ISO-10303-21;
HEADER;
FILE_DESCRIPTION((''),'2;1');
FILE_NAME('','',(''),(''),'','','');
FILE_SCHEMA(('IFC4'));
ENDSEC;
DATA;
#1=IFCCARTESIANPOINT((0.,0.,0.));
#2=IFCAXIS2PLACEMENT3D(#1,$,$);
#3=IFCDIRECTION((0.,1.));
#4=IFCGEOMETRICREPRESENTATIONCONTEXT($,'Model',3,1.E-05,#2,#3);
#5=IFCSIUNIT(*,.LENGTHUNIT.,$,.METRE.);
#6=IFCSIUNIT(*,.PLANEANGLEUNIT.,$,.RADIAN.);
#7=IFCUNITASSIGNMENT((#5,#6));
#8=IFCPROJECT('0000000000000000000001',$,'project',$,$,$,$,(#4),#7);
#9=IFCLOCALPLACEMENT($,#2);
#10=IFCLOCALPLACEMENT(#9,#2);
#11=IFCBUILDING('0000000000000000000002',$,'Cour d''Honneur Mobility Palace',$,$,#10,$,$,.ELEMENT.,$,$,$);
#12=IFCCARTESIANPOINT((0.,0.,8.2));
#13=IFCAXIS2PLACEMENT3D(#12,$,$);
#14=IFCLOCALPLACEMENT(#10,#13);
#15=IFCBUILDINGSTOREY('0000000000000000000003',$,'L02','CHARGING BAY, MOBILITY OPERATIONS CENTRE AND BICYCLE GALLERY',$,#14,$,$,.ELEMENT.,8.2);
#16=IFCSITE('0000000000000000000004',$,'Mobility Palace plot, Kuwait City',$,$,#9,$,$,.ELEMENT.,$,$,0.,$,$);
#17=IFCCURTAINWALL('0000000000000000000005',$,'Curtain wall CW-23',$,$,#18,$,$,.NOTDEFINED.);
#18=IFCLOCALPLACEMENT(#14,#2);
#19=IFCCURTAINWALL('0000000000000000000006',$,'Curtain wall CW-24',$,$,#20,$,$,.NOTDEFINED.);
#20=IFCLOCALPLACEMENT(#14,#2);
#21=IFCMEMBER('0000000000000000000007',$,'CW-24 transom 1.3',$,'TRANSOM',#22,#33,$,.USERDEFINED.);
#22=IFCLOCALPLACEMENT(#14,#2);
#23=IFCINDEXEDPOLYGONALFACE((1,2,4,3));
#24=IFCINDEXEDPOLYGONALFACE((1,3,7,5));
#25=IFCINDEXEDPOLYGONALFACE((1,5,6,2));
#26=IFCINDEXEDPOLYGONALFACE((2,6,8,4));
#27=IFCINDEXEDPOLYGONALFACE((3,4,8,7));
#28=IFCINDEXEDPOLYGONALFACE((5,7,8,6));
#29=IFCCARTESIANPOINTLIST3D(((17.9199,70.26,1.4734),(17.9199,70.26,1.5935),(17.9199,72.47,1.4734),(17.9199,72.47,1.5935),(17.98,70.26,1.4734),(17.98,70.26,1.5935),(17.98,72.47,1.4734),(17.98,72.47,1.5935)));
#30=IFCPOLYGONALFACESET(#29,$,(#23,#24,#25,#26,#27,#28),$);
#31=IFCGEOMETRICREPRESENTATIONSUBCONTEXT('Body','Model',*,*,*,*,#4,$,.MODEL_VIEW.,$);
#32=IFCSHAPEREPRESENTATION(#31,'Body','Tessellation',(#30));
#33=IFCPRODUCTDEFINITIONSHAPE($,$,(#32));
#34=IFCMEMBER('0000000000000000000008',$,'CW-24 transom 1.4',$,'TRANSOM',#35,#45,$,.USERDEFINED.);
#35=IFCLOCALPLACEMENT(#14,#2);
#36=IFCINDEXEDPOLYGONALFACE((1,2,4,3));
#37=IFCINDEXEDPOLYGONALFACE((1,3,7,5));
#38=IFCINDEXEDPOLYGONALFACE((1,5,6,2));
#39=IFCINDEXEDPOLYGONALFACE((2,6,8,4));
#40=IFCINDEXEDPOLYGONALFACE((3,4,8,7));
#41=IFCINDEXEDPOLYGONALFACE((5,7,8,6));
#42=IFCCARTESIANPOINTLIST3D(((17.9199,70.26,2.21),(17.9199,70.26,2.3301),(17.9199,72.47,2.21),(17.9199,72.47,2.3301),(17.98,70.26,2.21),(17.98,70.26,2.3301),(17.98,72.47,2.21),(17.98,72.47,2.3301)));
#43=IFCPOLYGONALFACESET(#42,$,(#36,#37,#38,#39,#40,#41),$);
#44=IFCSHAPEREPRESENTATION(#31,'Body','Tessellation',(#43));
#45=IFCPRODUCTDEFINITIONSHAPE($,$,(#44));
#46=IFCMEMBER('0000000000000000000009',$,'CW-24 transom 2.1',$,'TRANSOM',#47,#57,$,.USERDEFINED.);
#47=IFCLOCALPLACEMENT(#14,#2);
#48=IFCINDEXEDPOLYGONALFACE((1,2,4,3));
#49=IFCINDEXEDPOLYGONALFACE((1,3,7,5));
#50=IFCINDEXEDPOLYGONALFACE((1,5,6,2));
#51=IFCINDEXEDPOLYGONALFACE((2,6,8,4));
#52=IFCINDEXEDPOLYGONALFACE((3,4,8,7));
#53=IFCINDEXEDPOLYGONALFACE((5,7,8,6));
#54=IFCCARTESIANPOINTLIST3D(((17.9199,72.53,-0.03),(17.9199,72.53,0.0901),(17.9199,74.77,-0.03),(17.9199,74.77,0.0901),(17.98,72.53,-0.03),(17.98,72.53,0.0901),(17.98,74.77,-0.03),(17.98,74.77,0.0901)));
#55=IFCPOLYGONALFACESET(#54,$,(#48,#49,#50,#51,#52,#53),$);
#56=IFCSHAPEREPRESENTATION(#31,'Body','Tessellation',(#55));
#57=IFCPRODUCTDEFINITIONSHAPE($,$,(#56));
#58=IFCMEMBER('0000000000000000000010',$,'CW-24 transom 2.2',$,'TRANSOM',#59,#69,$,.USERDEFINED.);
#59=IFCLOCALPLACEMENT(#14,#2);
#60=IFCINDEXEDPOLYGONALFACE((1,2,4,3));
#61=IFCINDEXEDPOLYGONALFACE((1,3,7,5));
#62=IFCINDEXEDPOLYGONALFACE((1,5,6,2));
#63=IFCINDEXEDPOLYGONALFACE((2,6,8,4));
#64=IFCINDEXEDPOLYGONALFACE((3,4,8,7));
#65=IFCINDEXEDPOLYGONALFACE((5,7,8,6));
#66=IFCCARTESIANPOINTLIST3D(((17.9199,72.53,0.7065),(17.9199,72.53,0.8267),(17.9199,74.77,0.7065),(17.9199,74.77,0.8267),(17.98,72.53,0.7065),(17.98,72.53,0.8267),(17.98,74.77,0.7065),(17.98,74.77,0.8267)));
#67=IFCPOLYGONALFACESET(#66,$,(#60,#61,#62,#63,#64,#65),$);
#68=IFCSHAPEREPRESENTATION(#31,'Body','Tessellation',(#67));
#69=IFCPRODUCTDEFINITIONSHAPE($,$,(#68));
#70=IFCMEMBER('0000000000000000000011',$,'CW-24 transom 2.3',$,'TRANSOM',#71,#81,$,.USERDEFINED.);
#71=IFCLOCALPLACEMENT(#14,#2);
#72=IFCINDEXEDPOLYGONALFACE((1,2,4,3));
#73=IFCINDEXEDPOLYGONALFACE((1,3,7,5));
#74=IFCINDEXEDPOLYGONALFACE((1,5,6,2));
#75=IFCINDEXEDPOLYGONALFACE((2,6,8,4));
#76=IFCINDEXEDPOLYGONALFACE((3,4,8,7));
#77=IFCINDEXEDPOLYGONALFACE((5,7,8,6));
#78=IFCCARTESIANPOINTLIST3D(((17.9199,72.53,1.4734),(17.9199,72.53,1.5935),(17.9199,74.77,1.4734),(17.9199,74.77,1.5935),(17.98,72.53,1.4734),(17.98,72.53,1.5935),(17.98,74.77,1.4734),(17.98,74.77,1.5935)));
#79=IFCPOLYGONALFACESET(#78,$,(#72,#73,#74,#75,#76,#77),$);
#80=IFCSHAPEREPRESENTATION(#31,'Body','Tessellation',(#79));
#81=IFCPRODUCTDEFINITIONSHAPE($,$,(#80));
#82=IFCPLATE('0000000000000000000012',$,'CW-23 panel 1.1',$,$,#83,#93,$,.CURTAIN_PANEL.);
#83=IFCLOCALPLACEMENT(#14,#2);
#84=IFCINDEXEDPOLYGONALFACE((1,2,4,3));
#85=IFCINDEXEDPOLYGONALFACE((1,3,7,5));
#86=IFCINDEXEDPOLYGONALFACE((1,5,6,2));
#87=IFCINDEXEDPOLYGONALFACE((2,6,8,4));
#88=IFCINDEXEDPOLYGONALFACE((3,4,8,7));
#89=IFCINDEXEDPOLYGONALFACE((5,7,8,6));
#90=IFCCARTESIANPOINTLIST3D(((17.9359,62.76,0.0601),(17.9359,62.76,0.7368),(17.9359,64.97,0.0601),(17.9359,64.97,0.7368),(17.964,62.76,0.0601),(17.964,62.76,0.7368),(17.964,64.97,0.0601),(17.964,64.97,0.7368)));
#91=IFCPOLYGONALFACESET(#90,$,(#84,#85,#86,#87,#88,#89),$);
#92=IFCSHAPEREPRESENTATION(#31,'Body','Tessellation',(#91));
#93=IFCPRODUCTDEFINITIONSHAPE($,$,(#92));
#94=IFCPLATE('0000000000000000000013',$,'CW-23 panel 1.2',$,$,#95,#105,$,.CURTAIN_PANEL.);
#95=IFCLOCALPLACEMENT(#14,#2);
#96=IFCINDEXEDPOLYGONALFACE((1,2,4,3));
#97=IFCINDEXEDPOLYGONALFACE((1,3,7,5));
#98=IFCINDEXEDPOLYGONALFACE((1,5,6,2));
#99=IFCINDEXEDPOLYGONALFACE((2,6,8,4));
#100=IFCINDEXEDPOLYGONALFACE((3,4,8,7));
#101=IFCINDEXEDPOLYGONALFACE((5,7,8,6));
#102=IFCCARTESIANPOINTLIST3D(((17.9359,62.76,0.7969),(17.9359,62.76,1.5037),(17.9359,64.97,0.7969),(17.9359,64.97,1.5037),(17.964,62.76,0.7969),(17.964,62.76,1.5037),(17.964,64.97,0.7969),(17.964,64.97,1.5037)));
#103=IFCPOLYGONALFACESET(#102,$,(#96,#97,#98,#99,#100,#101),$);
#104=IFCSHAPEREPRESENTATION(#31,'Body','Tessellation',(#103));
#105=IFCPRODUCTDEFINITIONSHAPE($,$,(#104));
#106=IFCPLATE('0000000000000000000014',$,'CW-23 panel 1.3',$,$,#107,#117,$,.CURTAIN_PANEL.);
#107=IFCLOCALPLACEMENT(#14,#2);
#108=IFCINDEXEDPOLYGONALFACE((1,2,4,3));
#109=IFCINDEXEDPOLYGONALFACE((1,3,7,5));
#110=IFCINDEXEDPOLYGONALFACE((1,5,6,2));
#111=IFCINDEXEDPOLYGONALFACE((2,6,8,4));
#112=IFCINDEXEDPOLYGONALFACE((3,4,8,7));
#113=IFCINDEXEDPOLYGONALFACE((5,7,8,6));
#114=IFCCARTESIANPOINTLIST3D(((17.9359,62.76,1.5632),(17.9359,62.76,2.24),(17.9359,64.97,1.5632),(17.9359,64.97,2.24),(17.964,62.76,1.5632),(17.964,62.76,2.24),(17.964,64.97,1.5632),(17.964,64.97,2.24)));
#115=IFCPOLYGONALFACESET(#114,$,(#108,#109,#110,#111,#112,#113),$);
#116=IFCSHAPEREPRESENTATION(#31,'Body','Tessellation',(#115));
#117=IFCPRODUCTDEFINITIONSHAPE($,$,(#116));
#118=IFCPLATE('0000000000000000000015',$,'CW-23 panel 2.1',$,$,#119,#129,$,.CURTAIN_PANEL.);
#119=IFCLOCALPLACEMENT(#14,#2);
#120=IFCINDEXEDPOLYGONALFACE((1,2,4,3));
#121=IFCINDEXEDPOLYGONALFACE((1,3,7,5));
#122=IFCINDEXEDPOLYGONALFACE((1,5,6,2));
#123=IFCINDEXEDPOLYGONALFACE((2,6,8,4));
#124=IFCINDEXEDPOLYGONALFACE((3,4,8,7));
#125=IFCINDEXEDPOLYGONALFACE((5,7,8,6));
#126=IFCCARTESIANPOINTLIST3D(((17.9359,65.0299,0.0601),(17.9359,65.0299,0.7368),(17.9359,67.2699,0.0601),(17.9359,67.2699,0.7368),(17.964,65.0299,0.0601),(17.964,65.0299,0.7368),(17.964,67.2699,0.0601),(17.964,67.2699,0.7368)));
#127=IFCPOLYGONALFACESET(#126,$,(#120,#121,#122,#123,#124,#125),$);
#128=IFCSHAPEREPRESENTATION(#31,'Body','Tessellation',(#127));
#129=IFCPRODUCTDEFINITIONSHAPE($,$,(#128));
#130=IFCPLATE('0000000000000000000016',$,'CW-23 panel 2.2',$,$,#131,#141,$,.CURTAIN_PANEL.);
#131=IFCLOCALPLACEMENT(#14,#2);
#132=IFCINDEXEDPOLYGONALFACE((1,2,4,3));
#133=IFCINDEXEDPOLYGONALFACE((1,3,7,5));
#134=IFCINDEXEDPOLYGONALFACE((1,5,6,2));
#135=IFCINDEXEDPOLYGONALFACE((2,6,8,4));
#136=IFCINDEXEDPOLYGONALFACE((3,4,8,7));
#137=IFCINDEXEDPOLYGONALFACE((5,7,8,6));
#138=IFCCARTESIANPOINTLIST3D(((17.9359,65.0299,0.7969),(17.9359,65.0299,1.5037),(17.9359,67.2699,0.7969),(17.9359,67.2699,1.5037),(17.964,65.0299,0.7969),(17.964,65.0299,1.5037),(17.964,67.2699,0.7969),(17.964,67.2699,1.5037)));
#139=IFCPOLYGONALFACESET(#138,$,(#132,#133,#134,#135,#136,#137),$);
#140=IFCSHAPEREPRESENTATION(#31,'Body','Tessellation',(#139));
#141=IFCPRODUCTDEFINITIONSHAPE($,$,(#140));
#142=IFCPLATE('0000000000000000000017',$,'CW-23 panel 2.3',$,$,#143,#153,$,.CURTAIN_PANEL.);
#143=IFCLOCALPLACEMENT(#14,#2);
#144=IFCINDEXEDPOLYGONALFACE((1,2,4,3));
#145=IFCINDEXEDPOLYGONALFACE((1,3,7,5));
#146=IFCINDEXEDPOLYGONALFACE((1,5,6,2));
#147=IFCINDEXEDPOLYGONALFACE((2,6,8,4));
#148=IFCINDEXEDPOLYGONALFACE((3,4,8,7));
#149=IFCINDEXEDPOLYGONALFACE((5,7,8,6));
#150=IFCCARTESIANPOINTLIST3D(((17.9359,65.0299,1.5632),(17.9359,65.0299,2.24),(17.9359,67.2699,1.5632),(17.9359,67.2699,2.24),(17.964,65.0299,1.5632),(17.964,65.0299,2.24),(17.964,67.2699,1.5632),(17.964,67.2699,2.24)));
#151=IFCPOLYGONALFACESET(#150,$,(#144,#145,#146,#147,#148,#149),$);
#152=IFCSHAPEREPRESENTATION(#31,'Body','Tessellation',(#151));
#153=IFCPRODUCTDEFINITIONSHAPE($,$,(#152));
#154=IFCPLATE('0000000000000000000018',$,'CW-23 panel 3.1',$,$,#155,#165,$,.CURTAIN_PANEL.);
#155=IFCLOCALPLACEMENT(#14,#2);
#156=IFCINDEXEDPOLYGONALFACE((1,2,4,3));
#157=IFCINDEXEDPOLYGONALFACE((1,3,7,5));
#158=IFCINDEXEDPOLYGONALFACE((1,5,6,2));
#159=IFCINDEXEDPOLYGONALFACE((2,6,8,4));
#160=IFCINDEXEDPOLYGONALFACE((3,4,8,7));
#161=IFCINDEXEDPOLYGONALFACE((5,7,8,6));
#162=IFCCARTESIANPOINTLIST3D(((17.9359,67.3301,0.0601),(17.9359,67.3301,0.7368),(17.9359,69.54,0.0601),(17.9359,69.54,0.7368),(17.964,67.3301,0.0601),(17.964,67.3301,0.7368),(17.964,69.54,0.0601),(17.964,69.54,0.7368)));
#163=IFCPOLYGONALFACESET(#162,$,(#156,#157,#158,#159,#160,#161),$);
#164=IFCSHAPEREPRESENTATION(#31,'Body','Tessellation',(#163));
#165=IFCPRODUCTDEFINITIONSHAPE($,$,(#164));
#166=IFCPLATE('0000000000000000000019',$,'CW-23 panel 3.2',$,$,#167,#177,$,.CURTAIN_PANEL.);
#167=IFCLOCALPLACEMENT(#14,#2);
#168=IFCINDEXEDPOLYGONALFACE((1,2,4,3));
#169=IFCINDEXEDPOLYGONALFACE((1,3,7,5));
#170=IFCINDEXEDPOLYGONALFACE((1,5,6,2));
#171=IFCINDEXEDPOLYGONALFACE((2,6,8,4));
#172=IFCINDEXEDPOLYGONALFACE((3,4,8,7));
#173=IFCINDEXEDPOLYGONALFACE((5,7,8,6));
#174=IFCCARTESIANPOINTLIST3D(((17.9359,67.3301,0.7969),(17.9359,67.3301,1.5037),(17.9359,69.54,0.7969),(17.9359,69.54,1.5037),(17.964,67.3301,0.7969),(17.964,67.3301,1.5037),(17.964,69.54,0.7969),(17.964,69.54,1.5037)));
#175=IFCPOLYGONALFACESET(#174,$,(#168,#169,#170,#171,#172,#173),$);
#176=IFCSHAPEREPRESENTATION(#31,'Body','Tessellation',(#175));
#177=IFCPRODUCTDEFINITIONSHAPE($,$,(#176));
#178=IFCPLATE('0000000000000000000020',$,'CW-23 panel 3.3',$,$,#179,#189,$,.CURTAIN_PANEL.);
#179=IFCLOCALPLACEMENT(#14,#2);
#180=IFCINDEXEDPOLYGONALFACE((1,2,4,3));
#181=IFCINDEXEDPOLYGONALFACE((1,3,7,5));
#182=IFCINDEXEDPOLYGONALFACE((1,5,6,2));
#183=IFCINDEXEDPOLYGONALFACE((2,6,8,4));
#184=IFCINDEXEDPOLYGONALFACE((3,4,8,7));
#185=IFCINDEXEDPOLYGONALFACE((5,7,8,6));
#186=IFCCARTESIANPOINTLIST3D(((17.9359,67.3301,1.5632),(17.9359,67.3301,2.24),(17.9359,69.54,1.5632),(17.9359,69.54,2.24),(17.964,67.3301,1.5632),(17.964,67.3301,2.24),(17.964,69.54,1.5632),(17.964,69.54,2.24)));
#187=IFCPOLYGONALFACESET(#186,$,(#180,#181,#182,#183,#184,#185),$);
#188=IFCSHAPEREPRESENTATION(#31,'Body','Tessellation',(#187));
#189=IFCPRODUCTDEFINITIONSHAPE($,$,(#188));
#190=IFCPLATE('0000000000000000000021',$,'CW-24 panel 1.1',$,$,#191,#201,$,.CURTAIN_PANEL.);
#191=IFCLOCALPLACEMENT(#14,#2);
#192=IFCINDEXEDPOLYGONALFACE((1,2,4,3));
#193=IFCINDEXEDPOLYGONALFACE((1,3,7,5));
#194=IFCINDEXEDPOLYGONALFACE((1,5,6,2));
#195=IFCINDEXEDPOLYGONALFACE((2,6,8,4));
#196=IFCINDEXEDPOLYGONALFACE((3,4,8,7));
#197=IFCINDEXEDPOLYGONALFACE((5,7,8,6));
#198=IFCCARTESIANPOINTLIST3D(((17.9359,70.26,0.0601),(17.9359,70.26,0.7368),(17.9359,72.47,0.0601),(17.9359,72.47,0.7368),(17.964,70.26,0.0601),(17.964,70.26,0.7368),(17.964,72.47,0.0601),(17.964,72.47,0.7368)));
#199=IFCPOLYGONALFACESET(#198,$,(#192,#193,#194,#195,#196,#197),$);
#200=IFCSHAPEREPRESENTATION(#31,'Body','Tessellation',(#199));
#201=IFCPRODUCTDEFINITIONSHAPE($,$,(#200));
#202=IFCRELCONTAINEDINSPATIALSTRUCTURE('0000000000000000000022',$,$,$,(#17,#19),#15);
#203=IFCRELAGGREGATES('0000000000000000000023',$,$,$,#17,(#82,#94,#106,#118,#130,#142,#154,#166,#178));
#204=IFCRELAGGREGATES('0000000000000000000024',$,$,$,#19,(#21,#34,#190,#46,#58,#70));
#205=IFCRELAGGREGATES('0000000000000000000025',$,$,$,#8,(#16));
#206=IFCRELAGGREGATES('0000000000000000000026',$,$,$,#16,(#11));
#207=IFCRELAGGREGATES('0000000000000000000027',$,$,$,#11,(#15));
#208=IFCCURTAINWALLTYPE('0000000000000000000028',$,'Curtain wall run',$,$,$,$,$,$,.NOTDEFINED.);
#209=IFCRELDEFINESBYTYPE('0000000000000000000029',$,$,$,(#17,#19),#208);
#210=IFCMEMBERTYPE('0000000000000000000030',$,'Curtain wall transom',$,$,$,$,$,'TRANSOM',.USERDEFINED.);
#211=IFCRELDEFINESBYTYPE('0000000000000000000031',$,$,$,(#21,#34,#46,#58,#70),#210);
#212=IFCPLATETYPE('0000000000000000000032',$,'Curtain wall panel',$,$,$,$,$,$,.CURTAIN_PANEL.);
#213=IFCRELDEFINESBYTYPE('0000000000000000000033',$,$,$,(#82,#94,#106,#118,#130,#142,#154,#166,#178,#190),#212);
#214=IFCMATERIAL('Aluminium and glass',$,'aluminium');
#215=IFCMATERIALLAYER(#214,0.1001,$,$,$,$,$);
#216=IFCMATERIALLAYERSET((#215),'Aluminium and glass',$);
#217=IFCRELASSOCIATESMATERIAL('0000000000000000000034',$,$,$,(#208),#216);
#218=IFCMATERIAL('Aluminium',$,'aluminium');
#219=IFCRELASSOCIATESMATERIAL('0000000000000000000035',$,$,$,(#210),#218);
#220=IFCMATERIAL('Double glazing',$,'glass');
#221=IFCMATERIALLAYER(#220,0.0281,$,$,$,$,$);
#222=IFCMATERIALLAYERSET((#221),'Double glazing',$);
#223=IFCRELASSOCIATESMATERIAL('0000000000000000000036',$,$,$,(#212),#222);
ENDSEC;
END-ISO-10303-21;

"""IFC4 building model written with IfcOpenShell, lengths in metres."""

from ifc_helpers import new_model, si_unit, direction, frame, origin, origin_2d, place, context, subcontext, project, spatial, rectangle, extrude, material, layer, layer_set, material_profile, profile_set, type_object, element, aggregate, save


model = new_model("IFC4")

# Units and contexts
model_context = context("Model", 3, precision=1e-05, world=origin(), true_north=direction((0.0, 1.0)))
body_context = subcontext(model_context, "Body", "Model", "MODEL_VIEW")
ifc_project = project(units=[si_unit("LENGTHUNIT", "METRE"), si_unit("PLANEANGLEUNIT", "RADIAN")], contexts=[model_context])

# Site, building, storey
site_placement = place(None, origin())
site = spatial("IfcSite", under=ifc_project, at=site_placement, Name="Mobility Palace plot, Kuwait City", CompositionType="ELEMENT", RefElevation=0.0)
building_placement = place(site_placement, origin())
building = spatial("IfcBuilding", under=site, at=building_placement, Name="Cour d'Honneur Mobility Palace", CompositionType="ELEMENT")
storey_placement = place(building_placement, frame((0.0, 0.0, 8.2)))
storey = spatial("IfcBuildingStorey", under=building, at=storey_placement, Name="L02", Description="CHARGING BAY, MOBILITY OPERATIONS CENTRE AND BICYCLE GALLERY", CompositionType="ELEMENT", Elevation=8.2)

# Curtain walls
ifc_material_1 = material(Name="Aluminium and glass", Category="aluminium")
ifc_layer_1 = layer(ifc_material_1, 0.1001)
ifc_layer_set_1 = layer_set([ifc_layer_1], Name="Aluminium and glass")
curtain_wall_type = type_object("IfcCurtainWallType", Name="Curtain wall run", PredefinedType="NOTDEFINED", material=ifc_layer_set_1)
curtain_wall_1_placement = place(storey_placement, origin())
curtain_wall_1 = element("IfcCurtainWall", 1, at=curtain_wall_1_placement, inside=storey, type_object=curtain_wall_type, Name="Curtain wall CW-23", PredefinedType="NOTDEFINED")
curtain_wall_2_placement = place(storey_placement, origin())
curtain_wall_2 = element("IfcCurtainWall", 2, at=curtain_wall_2_placement, inside=storey, type_object=curtain_wall_type, Name="Curtain wall CW-24", PredefinedType="NOTDEFINED")

# Members
ifc_material_2 = material(Name="Aluminium", Category="aluminium")
ifc_material_profile_1 = material_profile(ifc_material_2, rectangle(XDim=0.0601, YDim=0.1201, at=origin_2d()), Name="Curtain wall transom")
ifc_profile_set_1 = profile_set([ifc_material_profile_1], Name="Aluminium")
member_type_1 = type_object("IfcMemberType", Name="Curtain wall transom", ElementType="TRANSOM", PredefinedType="USERDEFINED", material=ifc_profile_set_1)
member_1_placement = place(storey_placement, frame((17.95, 70.26, 1.5334), z_axis=(0.0, 1.0, 0.0), x_axis=(-1.0, 0.0, 0.0)))
member_1 = element("IfcMember", 3, at=member_1_placement, type_object=member_type_1, Name="CW-24 transom 1.3", ObjectType="TRANSOM", PredefinedType="USERDEFINED", context=body_context, shape_type="SweptSolid", body=[
    extrude(rectangle(XDim=0.0601, YDim=0.1201, at=origin_2d()), origin(), (0.0, 0.0, 1.0), 2.21),
])
member_2_placement = place(storey_placement, frame((17.95, 70.26, 2.27), z_axis=(0.0, 1.0, 0.0), x_axis=(-1.0, 0.0, 0.0)))
member_2 = element("IfcMember", 4, at=member_2_placement, type_object=member_type_1, Name="CW-24 transom 1.4", ObjectType="TRANSOM", PredefinedType="USERDEFINED", context=body_context, shape_type="SweptSolid", body=[
    extrude(rectangle(XDim=0.0601, YDim=0.1201, at=origin_2d()), origin(), (0.0, 0.0, 1.0), 2.21),
])
member_3_placement = place(storey_placement, frame((17.95, 72.53, 0.03), z_axis=(0.0, 1.0, 0.0), x_axis=(-1.0, 0.0, 0.0)))
member_3 = element("IfcMember", 5, at=member_3_placement, type_object=member_type_1, Name="CW-24 transom 2.1", ObjectType="TRANSOM", PredefinedType="USERDEFINED", context=body_context, shape_type="SweptSolid", body=[
    extrude(rectangle(XDim=0.0601, YDim=0.1201, at=origin_2d()), origin(), (0.0, 0.0, 1.0), 2.24),
])
member_4_placement = place(storey_placement, frame((17.95, 72.53, 0.7666), z_axis=(0.0, 1.0, 0.0), x_axis=(-1.0, 0.0, 0.0)))
member_4 = element("IfcMember", 6, at=member_4_placement, type_object=member_type_1, Name="CW-24 transom 2.2", ObjectType="TRANSOM", PredefinedType="USERDEFINED", context=body_context, shape_type="SweptSolid", body=[
    extrude(rectangle(XDim=0.0601, YDim=0.1201, at=origin_2d()), origin(), (0.0, 0.0, 1.0), 2.24),
])
member_5_placement = place(storey_placement, frame((17.95, 72.53, 1.5334), z_axis=(0.0, 1.0, 0.0), x_axis=(-1.0, 0.0, 0.0)))
member_5 = element("IfcMember", 7, at=member_5_placement, type_object=member_type_1, Name="CW-24 transom 2.3", ObjectType="TRANSOM", PredefinedType="USERDEFINED", context=body_context, shape_type="SweptSolid", body=[
    extrude(rectangle(XDim=0.0601, YDim=0.1201, at=origin_2d()), origin(), (0.0, 0.0, 1.0), 2.24),
])

# Plates
ifc_material_3 = material(Name="Double glazing", Category="glass")
ifc_layer_2 = layer(ifc_material_3, 0.0281)
ifc_layer_set_2 = layer_set([ifc_layer_2], Name="Double glazing")
plate_type = type_object("IfcPlateType", Name="Curtain wall panel", PredefinedType="CURTAIN_PANEL", material=ifc_layer_set_2)
plate_1_placement = place(storey_placement, frame((17.95, 63.865, 0.0601), z_axis=(0.0, 0.0, 1.0), x_axis=(0.0, 1.0, 0.0)))
plate_1 = element("IfcPlate", 8, at=plate_1_placement, type_object=plate_type, Name="CW-23 panel 1.1", PredefinedType="CURTAIN_PANEL", context=body_context, shape_type="SweptSolid", body=[
    extrude(rectangle(XDim=2.21, YDim=0.0281, at=origin_2d()), origin(), (0.0, 0.0, 1.0), 0.6768),
])
plate_2_placement = place(storey_placement, frame((17.95, 63.865, 0.7969), z_axis=(0.0, 0.0, 1.0), x_axis=(0.0, 1.0, 0.0)))
plate_2 = element("IfcPlate", 9, at=plate_2_placement, type_object=plate_type, Name="CW-23 panel 1.2", PredefinedType="CURTAIN_PANEL", context=body_context, shape_type="SweptSolid", body=[
    extrude(rectangle(XDim=2.21, YDim=0.0281, at=origin_2d()), origin(), (0.0, 0.0, 1.0), 0.7068),
])
plate_3_placement = place(storey_placement, frame((17.95, 63.865, 1.5632), z_axis=(0.0, 0.0, 1.0), x_axis=(0.0, 1.0, 0.0)))
plate_3 = element("IfcPlate", 10, at=plate_3_placement, type_object=plate_type, Name="CW-23 panel 1.3", PredefinedType="CURTAIN_PANEL", context=body_context, shape_type="SweptSolid", body=[
    extrude(rectangle(XDim=2.21, YDim=0.0281, at=origin_2d()), origin(), (0.0, 0.0, 1.0), 0.6768),
])
plate_4_placement = place(storey_placement, frame((17.95, 66.1499, 0.0601), z_axis=(0.0, 0.0, 1.0), x_axis=(0.0, 1.0, 0.0)))
plate_4 = element("IfcPlate", 11, at=plate_4_placement, type_object=plate_type, Name="CW-23 panel 2.1", PredefinedType="CURTAIN_PANEL", context=body_context, shape_type="SweptSolid", body=[
    extrude(rectangle(XDim=2.24, YDim=0.0281, at=origin_2d()), origin(), (0.0, 0.0, 1.0), 0.6768),
])
plate_5_placement = place(storey_placement, frame((17.95, 66.1499, 0.7969), z_axis=(0.0, 0.0, 1.0), x_axis=(0.0, 1.0, 0.0)))
plate_5 = element("IfcPlate", 12, at=plate_5_placement, type_object=plate_type, Name="CW-23 panel 2.2", PredefinedType="CURTAIN_PANEL", context=body_context, shape_type="SweptSolid", body=[
    extrude(rectangle(XDim=2.24, YDim=0.0281, at=origin_2d()), origin(), (0.0, 0.0, 1.0), 0.7068),
])
plate_6_placement = place(storey_placement, frame((17.95, 66.1499, 1.5632), z_axis=(0.0, 0.0, 1.0), x_axis=(0.0, 1.0, 0.0)))
plate_6 = element("IfcPlate", 13, at=plate_6_placement, type_object=plate_type, Name="CW-23 panel 2.3", PredefinedType="CURTAIN_PANEL", context=body_context, shape_type="SweptSolid", body=[
    extrude(rectangle(XDim=2.24, YDim=0.0281, at=origin_2d()), origin(), (0.0, 0.0, 1.0), 0.6768),
])
plate_7_placement = place(storey_placement, frame((17.95, 68.4351, 0.0601), z_axis=(0.0, 0.0, 1.0), x_axis=(0.0, 1.0, 0.0)))
plate_7 = element("IfcPlate", 14, at=plate_7_placement, type_object=plate_type, Name="CW-23 panel 3.1", PredefinedType="CURTAIN_PANEL", context=body_context, shape_type="SweptSolid", body=[
    extrude(rectangle(XDim=2.21, YDim=0.0281, at=origin_2d()), origin(), (0.0, 0.0, 1.0), 0.6768),
])
plate_8_placement = place(storey_placement, frame((17.95, 68.4351, 0.7969), z_axis=(0.0, 0.0, 1.0), x_axis=(0.0, 1.0, 0.0)))
plate_8 = element("IfcPlate", 15, at=plate_8_placement, type_object=plate_type, Name="CW-23 panel 3.2", PredefinedType="CURTAIN_PANEL", context=body_context, shape_type="SweptSolid", body=[
    extrude(rectangle(XDim=2.21, YDim=0.0281, at=origin_2d()), origin(), (0.0, 0.0, 1.0), 0.7068),
])
plate_9_placement = place(storey_placement, frame((17.95, 68.4351, 1.5632), z_axis=(0.0, 0.0, 1.0), x_axis=(0.0, 1.0, 0.0)))
plate_9 = element("IfcPlate", 16, at=plate_9_placement, type_object=plate_type, Name="CW-23 panel 3.3", PredefinedType="CURTAIN_PANEL", context=body_context, shape_type="SweptSolid", body=[
    extrude(rectangle(XDim=2.21, YDim=0.0281, at=origin_2d()), origin(), (0.0, 0.0, 1.0), 0.6768),
])
aggregate(curtain_wall_1, [plate_1, plate_2, plate_3, plate_4, plate_5, plate_6, plate_7, plate_8, plate_9])
plate_10_placement = place(storey_placement, frame((17.95, 71.365, 0.0601), z_axis=(0.0, 0.0, 1.0), x_axis=(0.0, 1.0, 0.0)))
plate_10 = element("IfcPlate", 17, at=plate_10_placement, type_object=plate_type, Name="CW-24 panel 1.1", PredefinedType="CURTAIN_PANEL", context=body_context, shape_type="SweptSolid", body=[
    extrude(rectangle(XDim=2.21, YDim=0.0281, at=origin_2d()), origin(), (0.0, 0.0, 1.0), 0.6768),
])
aggregate(curtain_wall_2, [member_1, member_2, plate_10, member_3, member_4, member_5])

save(model, "model.ifc")
